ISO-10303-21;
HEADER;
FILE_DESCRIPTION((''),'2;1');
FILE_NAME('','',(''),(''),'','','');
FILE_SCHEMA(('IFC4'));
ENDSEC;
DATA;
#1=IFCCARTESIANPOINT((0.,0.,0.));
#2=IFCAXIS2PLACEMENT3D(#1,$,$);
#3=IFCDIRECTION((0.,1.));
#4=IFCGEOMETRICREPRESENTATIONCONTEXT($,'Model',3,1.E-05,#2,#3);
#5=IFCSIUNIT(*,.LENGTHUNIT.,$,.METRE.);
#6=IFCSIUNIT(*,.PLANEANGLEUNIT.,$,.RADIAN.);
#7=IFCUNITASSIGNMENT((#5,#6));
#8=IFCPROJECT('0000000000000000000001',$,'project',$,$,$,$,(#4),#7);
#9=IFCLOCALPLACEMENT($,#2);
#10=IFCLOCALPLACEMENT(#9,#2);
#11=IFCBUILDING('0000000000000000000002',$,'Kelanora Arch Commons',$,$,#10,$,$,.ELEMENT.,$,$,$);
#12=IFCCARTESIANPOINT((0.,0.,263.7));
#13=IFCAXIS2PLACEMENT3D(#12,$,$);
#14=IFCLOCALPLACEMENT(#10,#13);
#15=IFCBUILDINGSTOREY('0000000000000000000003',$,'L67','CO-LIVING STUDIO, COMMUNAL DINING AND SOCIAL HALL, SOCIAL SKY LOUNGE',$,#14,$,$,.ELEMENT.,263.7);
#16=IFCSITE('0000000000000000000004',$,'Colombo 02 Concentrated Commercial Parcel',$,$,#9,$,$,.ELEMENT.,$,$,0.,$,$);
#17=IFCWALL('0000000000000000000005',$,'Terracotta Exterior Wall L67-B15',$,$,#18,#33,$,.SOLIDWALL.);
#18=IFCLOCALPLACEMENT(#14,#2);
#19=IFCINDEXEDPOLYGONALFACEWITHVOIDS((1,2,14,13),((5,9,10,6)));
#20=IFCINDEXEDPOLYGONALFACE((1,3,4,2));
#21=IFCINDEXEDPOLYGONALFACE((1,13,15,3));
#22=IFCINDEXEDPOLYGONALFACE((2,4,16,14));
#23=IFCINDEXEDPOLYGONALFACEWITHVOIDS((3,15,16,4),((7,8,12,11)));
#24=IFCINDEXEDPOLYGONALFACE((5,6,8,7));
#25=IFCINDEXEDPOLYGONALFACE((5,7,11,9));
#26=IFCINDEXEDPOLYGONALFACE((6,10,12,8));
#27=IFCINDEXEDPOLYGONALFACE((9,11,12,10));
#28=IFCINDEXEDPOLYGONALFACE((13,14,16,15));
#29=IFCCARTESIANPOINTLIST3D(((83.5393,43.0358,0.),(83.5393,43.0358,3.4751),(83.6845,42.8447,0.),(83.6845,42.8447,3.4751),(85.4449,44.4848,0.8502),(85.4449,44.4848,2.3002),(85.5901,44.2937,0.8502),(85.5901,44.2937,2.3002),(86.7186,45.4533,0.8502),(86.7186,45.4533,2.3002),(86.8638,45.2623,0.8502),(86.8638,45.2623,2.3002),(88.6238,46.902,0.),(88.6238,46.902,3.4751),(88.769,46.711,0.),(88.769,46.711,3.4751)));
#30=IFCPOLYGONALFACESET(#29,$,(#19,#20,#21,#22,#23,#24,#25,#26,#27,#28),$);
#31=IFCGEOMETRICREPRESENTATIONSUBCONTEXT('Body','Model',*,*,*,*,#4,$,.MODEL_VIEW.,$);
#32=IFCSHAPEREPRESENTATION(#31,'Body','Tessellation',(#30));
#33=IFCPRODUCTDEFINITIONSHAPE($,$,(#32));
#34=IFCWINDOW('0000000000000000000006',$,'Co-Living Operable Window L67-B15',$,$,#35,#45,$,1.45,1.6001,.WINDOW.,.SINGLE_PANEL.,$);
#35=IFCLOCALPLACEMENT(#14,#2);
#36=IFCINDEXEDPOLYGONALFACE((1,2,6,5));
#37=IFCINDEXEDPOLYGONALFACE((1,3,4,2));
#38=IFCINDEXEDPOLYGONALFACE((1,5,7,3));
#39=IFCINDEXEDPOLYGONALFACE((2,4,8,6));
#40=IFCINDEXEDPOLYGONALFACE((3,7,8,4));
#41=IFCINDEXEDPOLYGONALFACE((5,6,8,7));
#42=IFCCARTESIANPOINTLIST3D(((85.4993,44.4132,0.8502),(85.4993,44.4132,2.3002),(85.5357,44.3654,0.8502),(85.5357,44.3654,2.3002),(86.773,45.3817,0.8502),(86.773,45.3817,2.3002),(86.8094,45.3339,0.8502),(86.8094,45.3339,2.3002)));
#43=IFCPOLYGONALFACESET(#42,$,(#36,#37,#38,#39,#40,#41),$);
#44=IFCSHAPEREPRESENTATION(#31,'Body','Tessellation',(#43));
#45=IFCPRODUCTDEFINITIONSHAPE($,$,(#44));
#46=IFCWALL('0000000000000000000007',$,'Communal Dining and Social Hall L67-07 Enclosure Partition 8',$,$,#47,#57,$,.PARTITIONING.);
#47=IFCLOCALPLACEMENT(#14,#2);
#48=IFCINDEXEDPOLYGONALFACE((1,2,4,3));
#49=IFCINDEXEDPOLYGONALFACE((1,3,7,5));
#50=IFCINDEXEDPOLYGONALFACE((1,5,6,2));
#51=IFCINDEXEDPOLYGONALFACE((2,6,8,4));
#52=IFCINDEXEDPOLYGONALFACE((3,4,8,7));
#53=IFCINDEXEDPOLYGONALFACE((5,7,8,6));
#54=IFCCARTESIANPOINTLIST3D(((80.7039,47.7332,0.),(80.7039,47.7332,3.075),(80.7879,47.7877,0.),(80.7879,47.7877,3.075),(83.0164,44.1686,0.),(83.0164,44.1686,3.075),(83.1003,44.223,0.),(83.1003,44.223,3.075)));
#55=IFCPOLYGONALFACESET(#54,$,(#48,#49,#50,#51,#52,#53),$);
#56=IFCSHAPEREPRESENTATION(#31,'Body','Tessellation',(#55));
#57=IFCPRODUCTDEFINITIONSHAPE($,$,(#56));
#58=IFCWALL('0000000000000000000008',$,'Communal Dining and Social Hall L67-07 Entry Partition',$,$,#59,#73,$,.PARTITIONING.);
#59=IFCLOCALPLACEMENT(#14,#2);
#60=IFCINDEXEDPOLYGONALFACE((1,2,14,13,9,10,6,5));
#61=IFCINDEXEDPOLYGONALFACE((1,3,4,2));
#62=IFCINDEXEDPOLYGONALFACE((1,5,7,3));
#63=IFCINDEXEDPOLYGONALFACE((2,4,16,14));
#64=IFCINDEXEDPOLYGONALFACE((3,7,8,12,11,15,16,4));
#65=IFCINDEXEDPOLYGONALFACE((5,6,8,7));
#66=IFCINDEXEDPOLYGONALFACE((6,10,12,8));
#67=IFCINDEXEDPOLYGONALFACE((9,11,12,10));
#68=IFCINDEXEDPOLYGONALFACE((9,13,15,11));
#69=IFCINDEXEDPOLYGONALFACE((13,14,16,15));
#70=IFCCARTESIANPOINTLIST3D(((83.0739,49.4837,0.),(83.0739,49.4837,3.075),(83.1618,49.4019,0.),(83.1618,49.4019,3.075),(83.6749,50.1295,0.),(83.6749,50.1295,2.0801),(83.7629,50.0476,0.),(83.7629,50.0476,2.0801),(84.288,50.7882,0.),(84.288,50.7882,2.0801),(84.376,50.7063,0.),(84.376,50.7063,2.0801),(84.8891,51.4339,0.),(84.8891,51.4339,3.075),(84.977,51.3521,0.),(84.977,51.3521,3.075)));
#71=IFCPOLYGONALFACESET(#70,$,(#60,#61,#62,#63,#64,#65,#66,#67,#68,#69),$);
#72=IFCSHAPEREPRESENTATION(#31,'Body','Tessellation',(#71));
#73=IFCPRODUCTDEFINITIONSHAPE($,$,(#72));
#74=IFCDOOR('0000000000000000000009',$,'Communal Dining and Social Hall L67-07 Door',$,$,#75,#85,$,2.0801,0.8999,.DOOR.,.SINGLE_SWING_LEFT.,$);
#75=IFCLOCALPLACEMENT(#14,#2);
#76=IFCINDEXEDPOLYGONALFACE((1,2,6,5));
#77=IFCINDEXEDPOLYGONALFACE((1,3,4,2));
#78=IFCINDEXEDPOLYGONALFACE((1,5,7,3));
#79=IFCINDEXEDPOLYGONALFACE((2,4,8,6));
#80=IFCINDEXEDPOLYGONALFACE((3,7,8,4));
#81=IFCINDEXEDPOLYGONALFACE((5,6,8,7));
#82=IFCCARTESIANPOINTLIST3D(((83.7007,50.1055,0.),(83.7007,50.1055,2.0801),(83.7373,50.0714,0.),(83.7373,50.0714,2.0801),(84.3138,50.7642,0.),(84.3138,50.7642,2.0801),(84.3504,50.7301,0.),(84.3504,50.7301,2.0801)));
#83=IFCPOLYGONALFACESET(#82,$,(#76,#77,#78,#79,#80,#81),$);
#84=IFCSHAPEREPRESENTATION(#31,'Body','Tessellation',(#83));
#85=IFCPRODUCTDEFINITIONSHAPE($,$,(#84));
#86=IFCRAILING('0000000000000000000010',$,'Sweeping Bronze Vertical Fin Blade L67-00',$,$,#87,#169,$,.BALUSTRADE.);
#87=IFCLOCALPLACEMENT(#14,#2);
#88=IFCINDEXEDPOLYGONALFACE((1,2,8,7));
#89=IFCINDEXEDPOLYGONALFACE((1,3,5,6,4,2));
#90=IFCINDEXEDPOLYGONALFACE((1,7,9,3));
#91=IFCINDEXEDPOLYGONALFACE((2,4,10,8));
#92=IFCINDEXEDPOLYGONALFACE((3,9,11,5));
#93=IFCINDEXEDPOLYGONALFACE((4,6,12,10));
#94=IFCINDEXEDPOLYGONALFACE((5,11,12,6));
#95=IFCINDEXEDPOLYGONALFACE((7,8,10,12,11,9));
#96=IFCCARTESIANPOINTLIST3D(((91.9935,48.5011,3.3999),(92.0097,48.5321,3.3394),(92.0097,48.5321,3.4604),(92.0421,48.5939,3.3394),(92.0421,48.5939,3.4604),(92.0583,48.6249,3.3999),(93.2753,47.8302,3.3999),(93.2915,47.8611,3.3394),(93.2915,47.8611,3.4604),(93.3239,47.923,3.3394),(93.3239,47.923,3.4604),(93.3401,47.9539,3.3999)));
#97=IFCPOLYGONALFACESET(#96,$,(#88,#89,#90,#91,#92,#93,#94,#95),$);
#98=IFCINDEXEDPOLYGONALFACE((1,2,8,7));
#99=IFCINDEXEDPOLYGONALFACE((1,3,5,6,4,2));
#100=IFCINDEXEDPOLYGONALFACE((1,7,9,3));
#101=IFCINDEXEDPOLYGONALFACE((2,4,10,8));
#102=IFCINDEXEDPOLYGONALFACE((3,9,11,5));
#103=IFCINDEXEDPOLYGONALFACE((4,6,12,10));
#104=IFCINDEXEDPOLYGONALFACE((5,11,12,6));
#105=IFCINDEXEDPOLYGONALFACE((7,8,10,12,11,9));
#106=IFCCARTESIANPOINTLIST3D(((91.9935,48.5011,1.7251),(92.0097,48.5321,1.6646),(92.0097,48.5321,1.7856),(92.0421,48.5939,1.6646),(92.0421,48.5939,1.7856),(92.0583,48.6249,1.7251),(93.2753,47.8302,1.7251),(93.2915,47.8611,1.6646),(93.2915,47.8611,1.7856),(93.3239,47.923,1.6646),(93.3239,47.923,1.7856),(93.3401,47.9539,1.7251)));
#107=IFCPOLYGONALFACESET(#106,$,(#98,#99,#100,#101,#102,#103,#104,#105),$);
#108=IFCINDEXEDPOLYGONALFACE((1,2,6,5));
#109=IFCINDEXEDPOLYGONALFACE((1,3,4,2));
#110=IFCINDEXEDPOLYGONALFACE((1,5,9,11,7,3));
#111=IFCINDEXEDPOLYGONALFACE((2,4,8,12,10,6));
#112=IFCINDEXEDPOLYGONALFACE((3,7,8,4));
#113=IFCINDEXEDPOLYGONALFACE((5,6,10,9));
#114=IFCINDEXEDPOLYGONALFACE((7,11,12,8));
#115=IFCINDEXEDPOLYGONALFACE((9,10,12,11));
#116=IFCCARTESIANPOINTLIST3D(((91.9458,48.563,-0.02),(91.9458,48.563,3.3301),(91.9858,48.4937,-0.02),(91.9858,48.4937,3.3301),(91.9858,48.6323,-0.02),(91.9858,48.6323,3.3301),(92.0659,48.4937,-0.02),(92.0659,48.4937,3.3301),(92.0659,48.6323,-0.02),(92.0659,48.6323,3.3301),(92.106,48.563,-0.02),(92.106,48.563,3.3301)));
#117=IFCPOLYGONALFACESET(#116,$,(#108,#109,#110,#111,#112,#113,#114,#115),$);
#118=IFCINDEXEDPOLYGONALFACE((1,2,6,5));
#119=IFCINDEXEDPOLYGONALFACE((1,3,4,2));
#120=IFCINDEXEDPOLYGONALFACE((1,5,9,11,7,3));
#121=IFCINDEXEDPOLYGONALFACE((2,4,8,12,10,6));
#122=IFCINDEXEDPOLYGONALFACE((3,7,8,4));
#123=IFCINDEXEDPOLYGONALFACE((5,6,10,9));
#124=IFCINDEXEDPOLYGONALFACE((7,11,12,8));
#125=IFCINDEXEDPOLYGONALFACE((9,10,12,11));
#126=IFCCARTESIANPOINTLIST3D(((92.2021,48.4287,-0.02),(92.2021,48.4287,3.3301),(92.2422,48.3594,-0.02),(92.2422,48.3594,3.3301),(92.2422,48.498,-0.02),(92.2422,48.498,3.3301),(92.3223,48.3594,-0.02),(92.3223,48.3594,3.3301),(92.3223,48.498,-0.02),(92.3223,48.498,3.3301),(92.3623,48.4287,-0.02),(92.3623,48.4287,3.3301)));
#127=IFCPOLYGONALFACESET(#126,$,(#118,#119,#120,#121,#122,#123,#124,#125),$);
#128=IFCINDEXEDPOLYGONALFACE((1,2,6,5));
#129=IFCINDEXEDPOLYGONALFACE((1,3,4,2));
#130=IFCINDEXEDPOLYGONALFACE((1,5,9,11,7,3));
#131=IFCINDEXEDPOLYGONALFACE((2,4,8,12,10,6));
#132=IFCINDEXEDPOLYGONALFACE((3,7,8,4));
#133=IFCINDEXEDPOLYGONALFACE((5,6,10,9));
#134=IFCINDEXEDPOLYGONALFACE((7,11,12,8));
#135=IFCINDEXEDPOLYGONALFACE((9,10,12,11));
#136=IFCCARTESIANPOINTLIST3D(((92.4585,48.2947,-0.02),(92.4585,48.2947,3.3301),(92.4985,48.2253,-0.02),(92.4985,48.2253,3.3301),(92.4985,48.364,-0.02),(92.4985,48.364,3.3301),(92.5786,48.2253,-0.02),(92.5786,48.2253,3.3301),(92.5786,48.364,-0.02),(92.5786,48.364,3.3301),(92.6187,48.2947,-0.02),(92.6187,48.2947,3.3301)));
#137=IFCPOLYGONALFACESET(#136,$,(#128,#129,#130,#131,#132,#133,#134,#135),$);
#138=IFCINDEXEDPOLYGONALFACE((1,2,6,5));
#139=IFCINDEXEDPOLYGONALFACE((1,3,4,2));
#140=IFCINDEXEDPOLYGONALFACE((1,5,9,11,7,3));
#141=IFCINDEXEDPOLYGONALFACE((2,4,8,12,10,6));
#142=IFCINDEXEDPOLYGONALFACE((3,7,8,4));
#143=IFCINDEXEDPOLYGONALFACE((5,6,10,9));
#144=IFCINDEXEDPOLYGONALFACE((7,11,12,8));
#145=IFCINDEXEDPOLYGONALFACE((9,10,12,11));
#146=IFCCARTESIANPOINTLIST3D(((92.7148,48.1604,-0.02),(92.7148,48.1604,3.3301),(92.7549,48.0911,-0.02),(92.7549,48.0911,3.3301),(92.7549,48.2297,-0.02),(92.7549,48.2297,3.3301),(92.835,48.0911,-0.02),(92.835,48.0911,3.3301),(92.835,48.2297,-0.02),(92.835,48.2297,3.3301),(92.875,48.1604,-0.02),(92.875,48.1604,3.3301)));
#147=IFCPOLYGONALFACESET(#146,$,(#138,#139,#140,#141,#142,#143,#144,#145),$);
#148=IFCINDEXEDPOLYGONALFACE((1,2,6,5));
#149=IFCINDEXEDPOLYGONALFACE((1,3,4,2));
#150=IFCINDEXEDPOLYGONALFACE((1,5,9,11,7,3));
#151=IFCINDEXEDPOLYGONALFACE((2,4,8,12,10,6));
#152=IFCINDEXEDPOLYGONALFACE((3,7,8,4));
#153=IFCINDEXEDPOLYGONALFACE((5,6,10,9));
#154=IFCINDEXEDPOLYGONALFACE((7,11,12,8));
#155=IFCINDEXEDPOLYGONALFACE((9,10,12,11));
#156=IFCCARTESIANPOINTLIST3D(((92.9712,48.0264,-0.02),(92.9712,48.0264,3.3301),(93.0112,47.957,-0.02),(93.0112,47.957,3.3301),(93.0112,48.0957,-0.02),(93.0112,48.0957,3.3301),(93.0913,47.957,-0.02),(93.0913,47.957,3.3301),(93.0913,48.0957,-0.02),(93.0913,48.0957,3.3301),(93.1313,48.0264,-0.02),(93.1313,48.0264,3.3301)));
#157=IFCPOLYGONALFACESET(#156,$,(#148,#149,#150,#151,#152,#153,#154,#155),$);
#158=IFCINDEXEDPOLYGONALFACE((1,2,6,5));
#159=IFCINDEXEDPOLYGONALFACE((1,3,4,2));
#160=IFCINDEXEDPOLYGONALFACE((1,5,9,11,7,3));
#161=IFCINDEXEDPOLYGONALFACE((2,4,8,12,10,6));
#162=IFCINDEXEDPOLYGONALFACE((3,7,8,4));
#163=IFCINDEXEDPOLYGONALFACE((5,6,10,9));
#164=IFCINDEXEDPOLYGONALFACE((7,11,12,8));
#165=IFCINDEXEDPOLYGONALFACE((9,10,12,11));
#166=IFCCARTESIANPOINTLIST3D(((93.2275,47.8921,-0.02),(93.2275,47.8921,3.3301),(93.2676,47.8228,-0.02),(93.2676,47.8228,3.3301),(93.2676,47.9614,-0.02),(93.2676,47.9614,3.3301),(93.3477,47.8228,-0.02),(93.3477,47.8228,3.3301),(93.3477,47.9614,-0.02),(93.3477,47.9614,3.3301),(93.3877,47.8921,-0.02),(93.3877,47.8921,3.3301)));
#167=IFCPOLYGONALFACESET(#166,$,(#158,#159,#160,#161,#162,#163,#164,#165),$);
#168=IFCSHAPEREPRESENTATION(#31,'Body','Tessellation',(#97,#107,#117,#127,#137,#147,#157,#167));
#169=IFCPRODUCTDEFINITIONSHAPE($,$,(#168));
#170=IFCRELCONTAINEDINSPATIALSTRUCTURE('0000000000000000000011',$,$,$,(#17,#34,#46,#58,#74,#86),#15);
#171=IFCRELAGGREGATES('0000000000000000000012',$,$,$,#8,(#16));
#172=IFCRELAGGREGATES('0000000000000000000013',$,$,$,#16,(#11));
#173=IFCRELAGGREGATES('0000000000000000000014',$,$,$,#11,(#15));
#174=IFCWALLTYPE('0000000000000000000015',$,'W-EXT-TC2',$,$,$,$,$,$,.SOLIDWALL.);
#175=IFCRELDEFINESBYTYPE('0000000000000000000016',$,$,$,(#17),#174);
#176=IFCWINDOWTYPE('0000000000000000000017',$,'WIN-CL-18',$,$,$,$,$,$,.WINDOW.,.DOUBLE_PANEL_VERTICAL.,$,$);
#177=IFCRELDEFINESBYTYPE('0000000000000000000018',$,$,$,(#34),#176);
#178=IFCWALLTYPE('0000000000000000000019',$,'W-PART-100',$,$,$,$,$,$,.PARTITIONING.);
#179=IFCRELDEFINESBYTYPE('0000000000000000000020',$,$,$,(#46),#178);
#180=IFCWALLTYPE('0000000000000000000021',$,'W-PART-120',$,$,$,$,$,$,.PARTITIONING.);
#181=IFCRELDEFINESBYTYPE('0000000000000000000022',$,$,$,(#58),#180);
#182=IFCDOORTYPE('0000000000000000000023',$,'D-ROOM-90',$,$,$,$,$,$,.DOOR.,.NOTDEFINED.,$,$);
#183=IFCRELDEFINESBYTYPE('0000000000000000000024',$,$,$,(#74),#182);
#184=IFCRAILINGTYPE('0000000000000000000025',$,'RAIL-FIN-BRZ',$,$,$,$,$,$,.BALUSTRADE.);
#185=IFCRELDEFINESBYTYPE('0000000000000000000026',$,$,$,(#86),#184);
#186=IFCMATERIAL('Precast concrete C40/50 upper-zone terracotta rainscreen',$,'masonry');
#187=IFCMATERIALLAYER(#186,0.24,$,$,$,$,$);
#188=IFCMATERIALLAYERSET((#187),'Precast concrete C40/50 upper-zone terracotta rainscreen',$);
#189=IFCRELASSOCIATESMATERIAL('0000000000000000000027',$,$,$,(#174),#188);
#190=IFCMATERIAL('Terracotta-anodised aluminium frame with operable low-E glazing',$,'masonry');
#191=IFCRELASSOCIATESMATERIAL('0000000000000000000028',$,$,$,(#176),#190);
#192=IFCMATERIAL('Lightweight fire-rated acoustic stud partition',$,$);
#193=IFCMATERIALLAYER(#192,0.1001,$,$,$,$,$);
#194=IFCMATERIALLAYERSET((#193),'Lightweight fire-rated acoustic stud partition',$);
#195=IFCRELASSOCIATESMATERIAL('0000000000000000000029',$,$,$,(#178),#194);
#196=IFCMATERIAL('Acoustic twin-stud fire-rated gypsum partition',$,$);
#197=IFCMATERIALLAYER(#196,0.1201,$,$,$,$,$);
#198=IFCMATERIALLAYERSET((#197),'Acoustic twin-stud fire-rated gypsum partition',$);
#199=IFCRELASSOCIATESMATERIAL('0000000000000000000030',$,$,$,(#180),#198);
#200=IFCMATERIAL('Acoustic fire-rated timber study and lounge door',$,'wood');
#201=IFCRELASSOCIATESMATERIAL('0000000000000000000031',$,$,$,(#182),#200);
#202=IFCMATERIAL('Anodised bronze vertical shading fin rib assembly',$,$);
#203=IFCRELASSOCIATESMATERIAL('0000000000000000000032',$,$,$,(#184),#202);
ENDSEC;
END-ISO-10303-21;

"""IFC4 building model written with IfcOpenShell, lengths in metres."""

from ifc_helpers import new_model, si_unit, direction, frame, frame_2d, origin, place, context, subcontext, project, spatial, polyline, rectangle, outline, extrude, material, layer, layer_set, type_object, element, fill, save


model = new_model("IFC4")

# Units and contexts
model_context = context("Model", 3, precision=1e-05, world=origin(), true_north=direction((0.0, 1.0)))
body_context = subcontext(model_context, "Body", "Model", "MODEL_VIEW")
ifc_project = project(units=[si_unit("LENGTHUNIT", "METRE"), si_unit("PLANEANGLEUNIT", "RADIAN")], contexts=[model_context])

# Site, building, storey
site_placement = place(None, origin())
site = spatial("IfcSite", under=ifc_project, at=site_placement, Name="Colombo 02 Concentrated Commercial Parcel", CompositionType="ELEMENT", RefElevation=0.0)
building_placement = place(site_placement, origin())
building = spatial("IfcBuilding", under=site, at=building_placement, Name="Kelanora Arch Commons", CompositionType="ELEMENT")
storey_placement = place(building_placement, frame((0.0, 0.0, 263.7)))
storey = spatial("IfcBuildingStorey", under=building, at=storey_placement, Name="L67", Description="CO-LIVING STUDIO, COMMUNAL DINING AND SOCIAL HALL, SOCIAL SKY LOUNGE", CompositionType="ELEMENT", Elevation=263.7)

# Wall, opening, window
ifc_material_1 = material(Name="Precast concrete C40/50 upper-zone terracotta rainscreen", Category="masonry")
ifc_layer_1 = layer(ifc_material_1, 0.24)
ifc_layer_set_1 = layer_set([ifc_layer_1], Name="Precast concrete C40/50 upper-zone terracotta rainscreen")
wall_type_1 = type_object("IfcWallType", Name="W-EXT-TC2", PredefinedType="SOLIDWALL", material=ifc_layer_set_1)
wall_1_placement = place(storey_placement, frame((83.6118, 42.9402, 0.0), z_axis=(0.0, 0.0, 1.0), x_axis=(0.79601, 0.605283, 0.0)))
wall_1 = element("IfcWall", 1, at=wall_1_placement, inside=storey, type_object=wall_type_1, Name="Terracotta Exterior Wall L67-B15", PredefinedType="SOLIDWALL", context=body_context, shape_type="SweptSolid", body=[
    extrude(rectangle(XDim=6.3875, YDim=0.24, at=frame_2d((3.1938, 0.0))), origin(), (0.0, 0.0, 1.0), 3.4751),
])
opening_1_placement = place(wall_1_placement, frame((2.394, 0.0, 0.8501)))
opening_1 = element("IfcOpeningElement", 2, at=opening_1_placement, cuts=wall_1, PredefinedType="OPENING", context=body_context, shape_type="SweptSolid", body=[
    extrude(rectangle(XDim=1.6001, YDim=1.45, at=frame_2d((0.8, 0.7251))), frame((0.0, 0.1299, 0.0), z_axis=(0.0, -1.0, 0.0), x_axis=(1.0, 0.0, 0.0)), (0.0, 0.0, 1.0), 0.26),
])
ifc_material_2 = material(Name="Terracotta-anodised aluminium frame with operable low-E glazing", Category="masonry")
window_type = type_object("IfcWindowType", Name="WIN-CL-18", PartitioningType="DOUBLE_PANEL_VERTICAL", PredefinedType="WINDOW", material=ifc_material_2)
window_placement = place(opening_1_placement, origin())
window = element("IfcWindow", 3, at=window_placement, inside=storey, type_object=window_type, Name="Co-Living Operable Window L67-B15", OverallHeight=1.45, OverallWidth=1.6001, PartitioningType="SINGLE_PANEL", PredefinedType="WINDOW", context=body_context, shape_type="SweptSolid", body=[
    extrude(rectangle(XDim=1.6001, YDim=1.45, at=frame_2d((0.8, 0.7251))), frame((0.0, 0.03, 0.0), z_axis=(0.0, -1.0, 0.0), x_axis=(1.0, 0.0, 0.0)), (0.0, 0.0, 1.0), 0.0601),
])
fill(opening_1, window)

# Wall
ifc_material_3 = material(Name="Lightweight fire-rated acoustic stud partition")
ifc_layer_2 = layer(ifc_material_3, 0.1001)
ifc_layer_set_2 = layer_set([ifc_layer_2], Name="Lightweight fire-rated acoustic stud partition")
wall_type_2 = type_object("IfcWallType", Name="W-PART-100", PredefinedType="PARTITIONING", material=ifc_layer_set_2)
wall_2_placement = place(storey_placement, frame((83.0583, 44.1958, 0.0), z_axis=(0.0, 0.0, 1.0), x_axis=(-0.544235, 0.838933, 0.0)))
element("IfcWall", 4, at=wall_2_placement, inside=storey, type_object=wall_type_2, Name="Communal Dining and Social Hall L67-07 Enclosure Partition 8", PredefinedType="PARTITIONING", context=body_context, shape_type="SweptSolid", body=[
    extrude(rectangle(XDim=4.249, YDim=0.1001, at=frame_2d((2.1245, 0.0))), origin(), (0.0, 0.0, 1.0), 3.075),
])

# Wall, opening, door
ifc_material_4 = material(Name="Acoustic twin-stud fire-rated gypsum partition")
ifc_layer_3 = layer(ifc_material_4, 0.1201)
ifc_layer_set_3 = layer_set([ifc_layer_3], Name="Acoustic twin-stud fire-rated gypsum partition")
wall_type_3 = type_object("IfcWallType", Name="W-PART-120", PredefinedType="PARTITIONING", material=ifc_layer_set_3)
wall_3_placement = place(storey_placement, frame((83.1179, 49.4429, 0.0), z_axis=(0.0, 0.0, 1.0), x_axis=(0.681315, 0.73199, 0.0)))
wall_3 = element("IfcWall", 5, at=wall_3_placement, inside=storey, type_object=wall_type_3, Name="Communal Dining and Social Hall L67-07 Entry Partition", PredefinedType="PARTITIONING", context=body_context, shape_type="SweptSolid", body=[
    extrude(rectangle(XDim=2.6643, YDim=0.1201, at=frame_2d((1.332, 0.0))), origin(), (0.0, 0.0, 1.0), 3.075),
])
opening_2_placement = place(wall_3_placement, frame((0.8821, 0.0, 0.0)))
opening_2 = element("IfcOpeningElement", 6, at=opening_2_placement, cuts=wall_3, PredefinedType="OPENING", context=body_context, shape_type="SweptSolid", body=[
    extrude(rectangle(XDim=0.8999, YDim=2.0801, at=frame_2d((0.45, 1.04))), frame((0.0, 0.0701, 0.0), z_axis=(0.0, -1.0, 0.0), x_axis=(1.0, 0.0, 0.0)), (0.0, 0.0, 1.0), 0.1401),
])
ifc_material_5 = material(Name="Acoustic fire-rated timber study and lounge door", Category="wood")
door_type = type_object("IfcDoorType", Name="D-ROOM-90", OperationType="NOTDEFINED", PredefinedType="DOOR", material=ifc_material_5)
door_placement = place(opening_2_placement, origin())
door = element("IfcDoor", 7, at=door_placement, inside=storey, type_object=door_type, Name="Communal Dining and Social Hall L67-07 Door", OperationType="SINGLE_SWING_LEFT", OverallHeight=2.0801, OverallWidth=0.8999, PredefinedType="DOOR", context=body_context, shape_type="SweptSolid", body=[
    extrude(rectangle(XDim=0.8999, YDim=2.0801, at=frame_2d((0.45, 1.04))), frame((0.0, 0.0249, 0.0), z_axis=(0.0, -1.0, 0.0), x_axis=(1.0, 0.0, 0.0)), (0.0, 0.0, 1.0), 0.05),
])
fill(opening_2, door)

# Railing
ifc_material_6 = material(Name="Anodised bronze vertical shading fin rib assembly")
railing_type = type_object("IfcRailingType", Name="RAIL-FIN-BRZ", PredefinedType="BALUSTRADE", material=ifc_material_6)
railing_1_placement = place(storey_placement, frame((92.0259, 48.563, -0.02)))
element("IfcRailing", 8, at=railing_1_placement, inside=storey, type_object=railing_type, Name="Sweeping Bronze Vertical Fin Blade L67-00", PredefinedType="BALUSTRADE", context=body_context, shape_type="SweptSolid", body=[
    extrude(outline(polyline([(0.0698, 0.0), (0.0349, 0.0605), (-0.0349, 0.0605), (-0.0698, 0.0), (-0.0349, -0.0605), (0.0349, -0.0605), (0.0698, 0.0)])), frame((0.0, 0.0, 3.4199), z_axis=(0.88597, -0.463742, 0.0), x_axis=(0.463742, 0.88597, 0.0)), (0.0, 0.0, 1.0), 1.4468),
    extrude(outline(polyline([(0.0698, 0.0), (0.0349, 0.0605), (-0.0349, 0.0605), (-0.0698, 0.0), (-0.0349, -0.0605), (0.0349, -0.0605), (0.0698, 0.0)])), frame((0.0, 0.0, 1.7451), z_axis=(0.88597, -0.463742, 0.0), x_axis=(0.463742, 0.88597, 0.0)), (0.0, 0.0, 1.0), 1.4468),
    extrude(outline(polyline([(0.0801, 0.0), (0.04, 0.0693), (-0.04, 0.0693), (-0.0801, 0.0), (-0.04, -0.0693), (0.04, -0.0693), (0.0801, 0.0)])), origin(), (0.0, 0.0, 1.0), 3.3501),
    extrude(outline(polyline([(0.0801, 0.0), (0.04, 0.0693), (-0.04, 0.0693), (-0.0801, 0.0), (-0.04, -0.0693), (0.04, -0.0693), (0.0801, 0.0)])), frame((0.2563, -0.1343, 0.0)), (0.0, 0.0, 1.0), 3.3501),
    extrude(outline(polyline([(0.0801, 0.0), (0.04, 0.0693), (-0.04, 0.0693), (-0.0801, 0.0), (-0.04, -0.0693), (0.04, -0.0693), (0.0801, 0.0)])), frame((0.5127, -0.2683, 0.0)), (0.0, 0.0, 1.0), 3.3501),
    extrude(outline(polyline([(0.0801, 0.0), (0.04, 0.0693), (-0.04, 0.0693), (-0.0801, 0.0), (-0.04, -0.0693), (0.04, -0.0693), (0.0801, 0.0)])), frame((0.769, -0.4026, 0.0)), (0.0, 0.0, 1.0), 3.3501),
    extrude(outline(polyline([(0.0801, 0.0), (0.04, 0.0693), (-0.04, 0.0693), (-0.0801, 0.0), (-0.04, -0.0693), (0.04, -0.0693), (0.0801, 0.0)])), frame((1.0254, -0.5366, 0.0)), (0.0, 0.0, 1.0), 3.3501),
    extrude(outline(polyline([(0.0801, 0.0), (0.04, 0.0693), (-0.04, 0.0693), (-0.0801, 0.0), (-0.04, -0.0693), (0.04, -0.0693), (0.0801, 0.0)])), frame((1.2817, -0.6709, 0.0)), (0.0, 0.0, 1.0), 3.3501),
])

save(model, "model.ifc")
